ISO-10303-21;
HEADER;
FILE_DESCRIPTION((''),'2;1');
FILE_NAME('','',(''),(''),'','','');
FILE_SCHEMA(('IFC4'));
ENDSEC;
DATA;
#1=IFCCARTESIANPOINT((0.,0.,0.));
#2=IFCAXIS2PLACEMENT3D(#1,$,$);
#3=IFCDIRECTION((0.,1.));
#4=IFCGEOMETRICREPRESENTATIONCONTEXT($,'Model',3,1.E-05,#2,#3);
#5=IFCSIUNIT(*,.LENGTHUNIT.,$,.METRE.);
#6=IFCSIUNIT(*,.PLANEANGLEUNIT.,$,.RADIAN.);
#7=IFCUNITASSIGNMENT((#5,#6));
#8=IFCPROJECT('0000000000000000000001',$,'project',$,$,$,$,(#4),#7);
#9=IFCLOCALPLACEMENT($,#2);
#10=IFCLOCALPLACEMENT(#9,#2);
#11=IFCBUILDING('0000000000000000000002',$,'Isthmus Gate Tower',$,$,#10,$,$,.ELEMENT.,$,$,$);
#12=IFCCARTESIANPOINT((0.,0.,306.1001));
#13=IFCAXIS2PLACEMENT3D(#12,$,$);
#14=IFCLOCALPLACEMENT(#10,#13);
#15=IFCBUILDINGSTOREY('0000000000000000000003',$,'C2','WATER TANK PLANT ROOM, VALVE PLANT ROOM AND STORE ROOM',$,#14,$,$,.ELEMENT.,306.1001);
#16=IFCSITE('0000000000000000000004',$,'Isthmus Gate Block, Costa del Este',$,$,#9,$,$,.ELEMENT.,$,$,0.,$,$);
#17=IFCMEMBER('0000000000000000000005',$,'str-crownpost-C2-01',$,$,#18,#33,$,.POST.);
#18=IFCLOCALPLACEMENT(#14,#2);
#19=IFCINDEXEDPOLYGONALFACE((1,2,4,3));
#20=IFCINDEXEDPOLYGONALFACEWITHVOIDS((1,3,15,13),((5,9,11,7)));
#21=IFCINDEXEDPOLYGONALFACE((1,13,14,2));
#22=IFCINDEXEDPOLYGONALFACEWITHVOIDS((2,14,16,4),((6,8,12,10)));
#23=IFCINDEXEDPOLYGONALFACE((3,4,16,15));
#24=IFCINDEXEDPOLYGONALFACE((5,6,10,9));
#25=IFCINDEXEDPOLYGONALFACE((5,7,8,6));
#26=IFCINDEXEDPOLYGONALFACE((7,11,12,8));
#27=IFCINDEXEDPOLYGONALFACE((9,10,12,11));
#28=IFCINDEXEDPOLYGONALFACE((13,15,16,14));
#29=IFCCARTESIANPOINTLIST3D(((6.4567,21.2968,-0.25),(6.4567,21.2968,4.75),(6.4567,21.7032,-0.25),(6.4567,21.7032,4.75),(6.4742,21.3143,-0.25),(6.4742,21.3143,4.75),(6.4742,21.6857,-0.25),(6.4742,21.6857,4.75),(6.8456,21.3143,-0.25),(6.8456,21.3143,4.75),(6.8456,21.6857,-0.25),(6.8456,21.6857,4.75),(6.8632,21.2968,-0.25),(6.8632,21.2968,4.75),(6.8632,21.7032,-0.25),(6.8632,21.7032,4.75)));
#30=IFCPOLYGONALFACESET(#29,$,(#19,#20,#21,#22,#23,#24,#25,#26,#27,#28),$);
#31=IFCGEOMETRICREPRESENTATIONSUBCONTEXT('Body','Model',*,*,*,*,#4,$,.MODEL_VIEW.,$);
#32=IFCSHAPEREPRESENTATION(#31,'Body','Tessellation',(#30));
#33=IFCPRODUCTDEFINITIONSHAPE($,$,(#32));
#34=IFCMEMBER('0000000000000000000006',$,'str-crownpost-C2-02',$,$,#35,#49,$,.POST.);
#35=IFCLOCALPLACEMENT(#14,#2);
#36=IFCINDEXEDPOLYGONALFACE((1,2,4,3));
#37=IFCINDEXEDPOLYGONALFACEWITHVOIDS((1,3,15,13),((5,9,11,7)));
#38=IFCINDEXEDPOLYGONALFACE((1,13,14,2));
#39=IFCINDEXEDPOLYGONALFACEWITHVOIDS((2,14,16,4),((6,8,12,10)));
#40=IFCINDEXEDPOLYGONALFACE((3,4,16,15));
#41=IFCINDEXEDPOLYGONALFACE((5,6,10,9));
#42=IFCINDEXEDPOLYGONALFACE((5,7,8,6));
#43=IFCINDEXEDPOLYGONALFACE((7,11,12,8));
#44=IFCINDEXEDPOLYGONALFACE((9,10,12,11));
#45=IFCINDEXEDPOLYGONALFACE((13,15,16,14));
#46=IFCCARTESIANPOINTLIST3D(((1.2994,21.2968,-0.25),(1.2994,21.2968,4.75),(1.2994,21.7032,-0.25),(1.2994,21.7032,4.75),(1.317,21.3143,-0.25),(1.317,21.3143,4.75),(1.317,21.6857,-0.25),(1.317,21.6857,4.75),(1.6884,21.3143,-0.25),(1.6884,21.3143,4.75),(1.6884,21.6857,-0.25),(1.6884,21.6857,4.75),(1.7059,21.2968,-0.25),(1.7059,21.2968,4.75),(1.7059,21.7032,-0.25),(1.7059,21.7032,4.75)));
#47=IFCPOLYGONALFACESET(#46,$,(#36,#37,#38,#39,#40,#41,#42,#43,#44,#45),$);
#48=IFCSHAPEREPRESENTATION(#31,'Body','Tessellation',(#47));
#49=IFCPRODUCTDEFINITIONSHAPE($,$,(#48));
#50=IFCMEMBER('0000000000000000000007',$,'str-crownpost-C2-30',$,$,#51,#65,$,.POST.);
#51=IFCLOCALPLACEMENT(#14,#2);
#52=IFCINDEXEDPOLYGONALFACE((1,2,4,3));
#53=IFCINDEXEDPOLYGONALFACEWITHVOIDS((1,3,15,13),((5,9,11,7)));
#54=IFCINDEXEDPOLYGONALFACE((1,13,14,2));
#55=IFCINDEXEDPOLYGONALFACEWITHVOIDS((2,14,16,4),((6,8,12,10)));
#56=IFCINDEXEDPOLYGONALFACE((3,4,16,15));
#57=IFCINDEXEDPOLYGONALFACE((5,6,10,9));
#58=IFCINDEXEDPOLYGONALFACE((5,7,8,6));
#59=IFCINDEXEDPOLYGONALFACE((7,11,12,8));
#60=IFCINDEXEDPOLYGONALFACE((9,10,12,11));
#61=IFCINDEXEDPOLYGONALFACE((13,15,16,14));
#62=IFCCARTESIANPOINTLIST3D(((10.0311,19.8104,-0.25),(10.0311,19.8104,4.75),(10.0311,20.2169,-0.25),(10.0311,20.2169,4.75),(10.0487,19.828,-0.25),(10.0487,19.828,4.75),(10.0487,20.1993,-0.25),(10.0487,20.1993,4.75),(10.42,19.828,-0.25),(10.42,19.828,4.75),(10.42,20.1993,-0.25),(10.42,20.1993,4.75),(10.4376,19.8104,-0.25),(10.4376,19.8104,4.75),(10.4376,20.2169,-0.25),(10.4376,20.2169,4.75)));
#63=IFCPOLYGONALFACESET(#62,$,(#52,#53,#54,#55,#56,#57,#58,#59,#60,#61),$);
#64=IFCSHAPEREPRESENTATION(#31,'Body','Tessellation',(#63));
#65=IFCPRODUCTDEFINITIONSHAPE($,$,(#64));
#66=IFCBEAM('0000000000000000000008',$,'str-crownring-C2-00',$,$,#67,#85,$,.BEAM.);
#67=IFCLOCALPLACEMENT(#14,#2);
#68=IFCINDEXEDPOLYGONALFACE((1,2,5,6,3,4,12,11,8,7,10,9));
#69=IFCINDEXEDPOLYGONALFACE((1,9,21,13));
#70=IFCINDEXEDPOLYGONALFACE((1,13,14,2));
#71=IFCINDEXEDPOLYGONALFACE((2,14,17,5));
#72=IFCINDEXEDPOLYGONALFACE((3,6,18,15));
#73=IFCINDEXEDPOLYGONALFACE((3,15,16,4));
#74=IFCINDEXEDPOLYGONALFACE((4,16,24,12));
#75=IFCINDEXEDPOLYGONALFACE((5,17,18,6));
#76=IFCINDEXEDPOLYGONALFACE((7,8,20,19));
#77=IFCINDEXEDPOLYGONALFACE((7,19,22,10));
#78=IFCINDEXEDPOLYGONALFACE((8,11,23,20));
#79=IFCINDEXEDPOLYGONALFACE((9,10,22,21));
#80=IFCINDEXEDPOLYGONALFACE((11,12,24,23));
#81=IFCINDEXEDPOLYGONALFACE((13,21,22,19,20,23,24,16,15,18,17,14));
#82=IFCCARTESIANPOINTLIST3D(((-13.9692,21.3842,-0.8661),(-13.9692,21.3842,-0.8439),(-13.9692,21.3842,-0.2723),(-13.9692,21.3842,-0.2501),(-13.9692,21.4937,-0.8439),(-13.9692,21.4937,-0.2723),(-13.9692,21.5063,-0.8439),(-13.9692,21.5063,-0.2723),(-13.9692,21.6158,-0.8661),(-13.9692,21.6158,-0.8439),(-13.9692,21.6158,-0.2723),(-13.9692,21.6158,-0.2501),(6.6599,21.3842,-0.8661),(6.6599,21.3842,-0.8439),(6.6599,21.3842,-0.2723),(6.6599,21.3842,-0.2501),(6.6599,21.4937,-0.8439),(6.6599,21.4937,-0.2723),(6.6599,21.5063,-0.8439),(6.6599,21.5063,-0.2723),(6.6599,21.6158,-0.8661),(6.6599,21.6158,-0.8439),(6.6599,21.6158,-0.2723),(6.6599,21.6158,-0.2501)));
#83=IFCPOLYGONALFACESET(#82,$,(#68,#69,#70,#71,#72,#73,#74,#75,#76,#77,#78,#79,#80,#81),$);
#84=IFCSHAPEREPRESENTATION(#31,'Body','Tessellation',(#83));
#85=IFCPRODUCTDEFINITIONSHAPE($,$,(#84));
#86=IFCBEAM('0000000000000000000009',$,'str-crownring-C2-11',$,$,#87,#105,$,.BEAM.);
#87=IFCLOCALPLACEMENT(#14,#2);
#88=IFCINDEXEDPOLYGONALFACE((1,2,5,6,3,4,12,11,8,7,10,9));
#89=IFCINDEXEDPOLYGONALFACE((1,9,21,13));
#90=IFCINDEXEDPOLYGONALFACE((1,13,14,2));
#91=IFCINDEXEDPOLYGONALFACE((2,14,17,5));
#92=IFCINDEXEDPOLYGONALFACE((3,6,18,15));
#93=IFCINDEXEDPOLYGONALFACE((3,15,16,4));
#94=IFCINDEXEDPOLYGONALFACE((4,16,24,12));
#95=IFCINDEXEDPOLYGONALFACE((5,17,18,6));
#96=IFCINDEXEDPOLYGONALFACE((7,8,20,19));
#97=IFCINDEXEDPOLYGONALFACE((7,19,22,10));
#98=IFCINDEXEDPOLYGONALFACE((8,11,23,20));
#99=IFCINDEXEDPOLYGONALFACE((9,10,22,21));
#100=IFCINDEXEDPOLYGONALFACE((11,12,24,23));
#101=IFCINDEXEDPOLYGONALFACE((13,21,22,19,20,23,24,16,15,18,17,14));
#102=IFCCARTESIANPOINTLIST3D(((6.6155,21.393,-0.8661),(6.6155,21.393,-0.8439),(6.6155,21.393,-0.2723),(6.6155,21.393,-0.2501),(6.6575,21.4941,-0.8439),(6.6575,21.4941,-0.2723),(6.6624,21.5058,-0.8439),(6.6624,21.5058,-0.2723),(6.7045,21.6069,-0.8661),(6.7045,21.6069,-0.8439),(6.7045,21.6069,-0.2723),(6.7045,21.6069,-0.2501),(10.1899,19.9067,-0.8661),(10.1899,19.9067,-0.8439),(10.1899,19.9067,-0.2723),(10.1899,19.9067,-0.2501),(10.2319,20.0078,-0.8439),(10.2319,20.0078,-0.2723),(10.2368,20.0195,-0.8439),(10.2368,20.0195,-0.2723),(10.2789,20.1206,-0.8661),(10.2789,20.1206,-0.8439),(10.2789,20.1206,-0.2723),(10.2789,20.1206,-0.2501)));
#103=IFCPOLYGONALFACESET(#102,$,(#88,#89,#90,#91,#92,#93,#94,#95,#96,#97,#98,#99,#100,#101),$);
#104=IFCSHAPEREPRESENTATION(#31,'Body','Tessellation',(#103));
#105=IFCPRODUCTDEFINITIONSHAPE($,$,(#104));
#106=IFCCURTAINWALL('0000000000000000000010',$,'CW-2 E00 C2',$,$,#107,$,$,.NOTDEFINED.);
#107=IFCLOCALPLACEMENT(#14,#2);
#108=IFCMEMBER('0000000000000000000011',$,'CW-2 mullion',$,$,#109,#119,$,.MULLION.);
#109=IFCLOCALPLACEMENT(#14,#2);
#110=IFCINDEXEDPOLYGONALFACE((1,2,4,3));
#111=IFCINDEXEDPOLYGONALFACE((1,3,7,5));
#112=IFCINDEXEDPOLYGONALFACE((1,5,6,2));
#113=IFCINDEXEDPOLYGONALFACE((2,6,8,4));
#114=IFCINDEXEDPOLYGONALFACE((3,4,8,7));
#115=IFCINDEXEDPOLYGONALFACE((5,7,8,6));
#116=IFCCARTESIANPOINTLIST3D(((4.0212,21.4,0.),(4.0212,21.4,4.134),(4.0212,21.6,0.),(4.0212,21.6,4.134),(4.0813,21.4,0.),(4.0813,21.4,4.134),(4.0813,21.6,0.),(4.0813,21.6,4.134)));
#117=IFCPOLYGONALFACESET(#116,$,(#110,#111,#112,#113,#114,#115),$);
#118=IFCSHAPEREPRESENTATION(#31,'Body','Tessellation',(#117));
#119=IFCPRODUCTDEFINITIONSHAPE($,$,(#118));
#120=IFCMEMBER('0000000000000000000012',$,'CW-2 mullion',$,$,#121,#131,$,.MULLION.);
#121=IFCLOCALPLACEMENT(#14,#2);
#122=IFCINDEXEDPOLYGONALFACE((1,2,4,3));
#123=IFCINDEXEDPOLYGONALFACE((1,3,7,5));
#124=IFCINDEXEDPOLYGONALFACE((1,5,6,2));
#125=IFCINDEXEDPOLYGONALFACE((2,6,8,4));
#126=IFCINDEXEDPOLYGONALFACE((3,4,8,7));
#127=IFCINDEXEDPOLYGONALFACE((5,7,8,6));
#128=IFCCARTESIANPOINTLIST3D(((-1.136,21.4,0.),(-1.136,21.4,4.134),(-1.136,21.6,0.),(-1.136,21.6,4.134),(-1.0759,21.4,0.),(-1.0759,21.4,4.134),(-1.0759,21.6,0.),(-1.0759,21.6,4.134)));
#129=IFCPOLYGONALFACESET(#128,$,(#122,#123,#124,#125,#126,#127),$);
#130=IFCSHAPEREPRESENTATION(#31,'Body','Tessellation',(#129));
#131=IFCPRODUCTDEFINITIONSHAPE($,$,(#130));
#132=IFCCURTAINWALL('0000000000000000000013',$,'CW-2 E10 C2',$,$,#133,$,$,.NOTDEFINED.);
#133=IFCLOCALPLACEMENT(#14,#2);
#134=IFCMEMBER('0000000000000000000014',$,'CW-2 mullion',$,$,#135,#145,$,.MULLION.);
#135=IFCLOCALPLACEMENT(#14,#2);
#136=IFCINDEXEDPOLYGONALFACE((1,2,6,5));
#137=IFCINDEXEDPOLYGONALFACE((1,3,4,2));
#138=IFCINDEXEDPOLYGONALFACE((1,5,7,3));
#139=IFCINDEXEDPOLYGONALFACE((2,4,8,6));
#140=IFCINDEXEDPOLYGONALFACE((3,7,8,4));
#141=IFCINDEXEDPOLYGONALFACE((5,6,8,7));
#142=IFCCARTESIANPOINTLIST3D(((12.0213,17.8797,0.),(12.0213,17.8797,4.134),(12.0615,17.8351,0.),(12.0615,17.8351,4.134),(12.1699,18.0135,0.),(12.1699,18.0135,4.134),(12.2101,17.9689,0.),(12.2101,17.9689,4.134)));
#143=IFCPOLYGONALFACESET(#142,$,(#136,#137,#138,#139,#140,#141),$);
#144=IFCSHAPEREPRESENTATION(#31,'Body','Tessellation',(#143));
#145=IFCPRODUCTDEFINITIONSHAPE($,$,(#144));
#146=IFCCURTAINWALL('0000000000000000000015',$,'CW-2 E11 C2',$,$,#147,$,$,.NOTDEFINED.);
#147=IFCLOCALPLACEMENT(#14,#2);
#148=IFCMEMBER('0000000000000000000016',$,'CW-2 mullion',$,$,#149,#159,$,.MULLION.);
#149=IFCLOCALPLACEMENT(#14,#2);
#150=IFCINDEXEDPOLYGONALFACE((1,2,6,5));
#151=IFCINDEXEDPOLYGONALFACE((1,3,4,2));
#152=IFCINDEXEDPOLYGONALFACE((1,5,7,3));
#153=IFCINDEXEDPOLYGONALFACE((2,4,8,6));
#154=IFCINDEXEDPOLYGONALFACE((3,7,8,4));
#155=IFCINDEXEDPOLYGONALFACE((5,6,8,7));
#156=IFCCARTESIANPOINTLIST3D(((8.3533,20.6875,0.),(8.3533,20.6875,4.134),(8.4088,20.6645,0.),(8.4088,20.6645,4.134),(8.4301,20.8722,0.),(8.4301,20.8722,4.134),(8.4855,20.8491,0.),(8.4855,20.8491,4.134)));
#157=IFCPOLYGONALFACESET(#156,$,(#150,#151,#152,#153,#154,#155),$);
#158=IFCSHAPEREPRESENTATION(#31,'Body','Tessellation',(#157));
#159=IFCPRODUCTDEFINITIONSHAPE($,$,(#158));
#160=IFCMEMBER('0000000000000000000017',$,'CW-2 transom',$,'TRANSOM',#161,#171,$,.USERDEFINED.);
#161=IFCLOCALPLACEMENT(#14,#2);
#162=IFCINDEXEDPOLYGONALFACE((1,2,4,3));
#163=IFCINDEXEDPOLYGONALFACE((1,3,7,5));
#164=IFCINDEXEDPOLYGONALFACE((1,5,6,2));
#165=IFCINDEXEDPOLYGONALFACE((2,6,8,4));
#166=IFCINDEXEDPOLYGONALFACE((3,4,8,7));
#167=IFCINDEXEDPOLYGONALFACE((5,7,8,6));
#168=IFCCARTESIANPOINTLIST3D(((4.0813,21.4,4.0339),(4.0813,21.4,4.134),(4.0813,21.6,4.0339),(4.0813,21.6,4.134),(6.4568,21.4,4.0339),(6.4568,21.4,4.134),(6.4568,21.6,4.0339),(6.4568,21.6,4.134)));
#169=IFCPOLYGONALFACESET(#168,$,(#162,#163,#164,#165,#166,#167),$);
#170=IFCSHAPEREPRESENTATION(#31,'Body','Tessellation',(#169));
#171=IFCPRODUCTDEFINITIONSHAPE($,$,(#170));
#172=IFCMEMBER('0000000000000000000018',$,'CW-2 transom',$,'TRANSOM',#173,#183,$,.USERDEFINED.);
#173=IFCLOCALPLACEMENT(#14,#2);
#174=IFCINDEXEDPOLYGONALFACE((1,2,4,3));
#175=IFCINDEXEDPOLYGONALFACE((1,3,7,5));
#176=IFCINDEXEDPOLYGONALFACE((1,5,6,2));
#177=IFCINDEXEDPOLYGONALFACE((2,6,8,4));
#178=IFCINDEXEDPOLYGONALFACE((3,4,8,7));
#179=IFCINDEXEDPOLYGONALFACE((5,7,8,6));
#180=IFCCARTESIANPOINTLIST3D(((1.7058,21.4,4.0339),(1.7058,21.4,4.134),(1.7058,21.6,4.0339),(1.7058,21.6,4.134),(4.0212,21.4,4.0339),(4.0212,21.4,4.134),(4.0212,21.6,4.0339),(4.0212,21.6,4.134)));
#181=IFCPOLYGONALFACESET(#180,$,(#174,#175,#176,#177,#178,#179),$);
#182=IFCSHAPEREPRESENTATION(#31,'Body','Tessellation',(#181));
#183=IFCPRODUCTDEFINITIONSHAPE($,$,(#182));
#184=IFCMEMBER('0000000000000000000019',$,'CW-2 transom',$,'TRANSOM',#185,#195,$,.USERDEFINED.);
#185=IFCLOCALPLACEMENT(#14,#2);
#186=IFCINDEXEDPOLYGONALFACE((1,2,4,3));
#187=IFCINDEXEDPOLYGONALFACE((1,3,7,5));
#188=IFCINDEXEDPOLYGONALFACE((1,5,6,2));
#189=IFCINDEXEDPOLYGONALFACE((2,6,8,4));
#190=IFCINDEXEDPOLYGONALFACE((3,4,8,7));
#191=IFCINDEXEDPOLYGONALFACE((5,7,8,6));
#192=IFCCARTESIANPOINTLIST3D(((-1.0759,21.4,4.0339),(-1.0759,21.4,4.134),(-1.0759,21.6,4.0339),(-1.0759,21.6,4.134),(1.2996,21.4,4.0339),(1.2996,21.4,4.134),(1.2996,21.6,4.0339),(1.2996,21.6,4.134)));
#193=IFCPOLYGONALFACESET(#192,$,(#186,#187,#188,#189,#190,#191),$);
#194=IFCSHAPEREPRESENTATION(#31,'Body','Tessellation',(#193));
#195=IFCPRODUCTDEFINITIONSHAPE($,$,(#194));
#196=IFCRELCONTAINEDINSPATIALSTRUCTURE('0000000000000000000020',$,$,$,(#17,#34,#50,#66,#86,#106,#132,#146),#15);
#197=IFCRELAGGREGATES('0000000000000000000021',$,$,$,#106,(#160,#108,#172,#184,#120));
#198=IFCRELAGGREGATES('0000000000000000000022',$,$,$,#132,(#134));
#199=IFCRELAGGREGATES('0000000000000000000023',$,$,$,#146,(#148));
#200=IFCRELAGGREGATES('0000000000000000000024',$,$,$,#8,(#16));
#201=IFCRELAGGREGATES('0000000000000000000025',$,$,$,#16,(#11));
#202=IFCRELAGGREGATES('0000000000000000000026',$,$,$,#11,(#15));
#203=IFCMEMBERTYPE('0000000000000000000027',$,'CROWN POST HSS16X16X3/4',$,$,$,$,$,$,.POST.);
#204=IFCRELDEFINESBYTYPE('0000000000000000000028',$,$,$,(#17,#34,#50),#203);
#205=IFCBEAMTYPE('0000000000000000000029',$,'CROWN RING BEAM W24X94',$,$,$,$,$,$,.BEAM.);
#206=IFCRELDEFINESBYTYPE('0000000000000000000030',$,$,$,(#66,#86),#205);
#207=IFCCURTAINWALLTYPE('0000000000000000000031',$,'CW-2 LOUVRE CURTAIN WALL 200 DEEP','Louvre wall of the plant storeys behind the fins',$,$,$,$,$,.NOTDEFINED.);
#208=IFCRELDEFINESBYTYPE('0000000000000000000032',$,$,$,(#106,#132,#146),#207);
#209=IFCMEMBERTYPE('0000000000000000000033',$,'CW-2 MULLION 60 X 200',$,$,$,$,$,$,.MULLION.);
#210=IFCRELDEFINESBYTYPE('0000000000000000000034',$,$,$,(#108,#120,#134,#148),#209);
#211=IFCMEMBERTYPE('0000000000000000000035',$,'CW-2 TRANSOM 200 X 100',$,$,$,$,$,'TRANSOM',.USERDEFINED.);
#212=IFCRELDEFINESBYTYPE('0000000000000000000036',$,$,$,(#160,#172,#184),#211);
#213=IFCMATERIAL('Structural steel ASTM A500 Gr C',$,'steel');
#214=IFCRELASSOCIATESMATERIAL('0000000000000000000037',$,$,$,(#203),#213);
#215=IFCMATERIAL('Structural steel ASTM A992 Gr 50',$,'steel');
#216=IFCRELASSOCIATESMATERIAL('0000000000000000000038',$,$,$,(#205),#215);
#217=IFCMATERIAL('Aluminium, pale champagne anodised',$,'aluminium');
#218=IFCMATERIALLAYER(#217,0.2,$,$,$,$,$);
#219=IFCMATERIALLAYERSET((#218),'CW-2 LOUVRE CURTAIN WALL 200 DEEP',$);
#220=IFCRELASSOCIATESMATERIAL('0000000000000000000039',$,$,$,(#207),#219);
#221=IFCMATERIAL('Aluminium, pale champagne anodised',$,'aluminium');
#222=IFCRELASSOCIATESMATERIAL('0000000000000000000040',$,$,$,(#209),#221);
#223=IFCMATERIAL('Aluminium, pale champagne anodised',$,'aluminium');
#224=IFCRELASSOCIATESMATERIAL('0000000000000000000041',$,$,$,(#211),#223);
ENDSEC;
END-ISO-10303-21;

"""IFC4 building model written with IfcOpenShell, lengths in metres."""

from ifc_helpers import new_model, si_unit, direction, frame, origin, origin_2d, place, context, subcontext, project, spatial, rectangle, hollow_rectangle, i_section, extrude, material, layer, layer_set, material_profile, profile_set, type_object, element, aggregate, save


model = new_model("IFC4")

# Units and contexts
model_context = context("Model", 3, precision=1e-05, world=origin(), true_north=direction((0.0, 1.0)))
body_context = subcontext(model_context, "Body", "Model", "MODEL_VIEW")
ifc_project = project(units=[si_unit("LENGTHUNIT", "METRE"), si_unit("PLANEANGLEUNIT", "RADIAN")], contexts=[model_context])

# Site, building, storey
site_placement = place(None, origin())
site = spatial("IfcSite", under=ifc_project, at=site_placement, Name="Isthmus Gate Block, Costa del Este", CompositionType="ELEMENT", RefElevation=0.0)
building_placement = place(site_placement, origin())
building = spatial("IfcBuilding", under=site, at=building_placement, Name="Isthmus Gate Tower", CompositionType="ELEMENT")
storey_placement = place(building_placement, frame((0.0, 0.0, 306.1001)))
storey = spatial("IfcBuildingStorey", under=building, at=storey_placement, Name="C2", Description="WATER TANK PLANT ROOM, VALVE PLANT ROOM AND STORE ROOM", CompositionType="ELEMENT", Elevation=306.1001)

# Members
ifc_material_1 = material(Name="Structural steel ASTM A500 Gr C", Category="steel")
ifc_material_profile_1 = material_profile(ifc_material_1, hollow_rectangle(XDim=0.4065, YDim=0.4065, WallThickness=0.0176, at=origin_2d()), Name="HSS16X16X3/4")
ifc_profile_set_1 = profile_set([ifc_material_profile_1], Name="Structural steel ASTM A500 Gr C")
member_type_1 = type_object("IfcMemberType", Name="CROWN POST HSS16X16X3/4", PredefinedType="POST", material=ifc_profile_set_1)
for number, where, z_axis, x_axis, name in (
    (1, (6.6599, 21.5, -0.25), (0.0, 0.0, 1.0), (1.0, 0.0, 0.0), "str-crownpost-C2-01"),
    (2, (1.5027, 21.5, -0.25), (0.0, 0.0, 1.0), (1.0, 0.0, 0.0), "str-crownpost-C2-02"),
    (3, (10.2344, 20.0137, -0.25), (0.0, 0.0, 1.0), (1.0, 0.0, 0.0), "str-crownpost-C2-30"),
):
    element("IfcMember", number, at=place(storey_placement, frame(where, z_axis=z_axis, x_axis=x_axis)), inside=storey, type_object=member_type_1, Name=name, PredefinedType="POST", context=body_context, shape_type="SweptSolid", body=[
        extrude(hollow_rectangle(XDim=0.4065, YDim=0.4065, WallThickness=0.0176, at=origin_2d()), origin(), (0.0, 0.0, 1.0), 5.0),
    ])

# Beams
ifc_material_2 = material(Name="Structural steel ASTM A992 Gr 50", Category="steel")
ifc_material_profile_2 = material_profile(ifc_material_2, i_section(OverallWidth=0.2317, OverallDepth=0.616, WebThickness=0.0127, FlangeThickness=0.0222, at=origin_2d()), Name="W24X94")
ifc_profile_set_2 = profile_set([ifc_material_profile_2], Name="Structural steel ASTM A992 Gr 50")
beam_type_1 = type_object("IfcBeamType", Name="CROWN RING BEAM W24X94", PredefinedType="BEAM", material=ifc_profile_set_2)
beam_1_placement = place(storey_placement, frame((6.6599, 21.5, -0.5581), z_axis=(-1.0, 0.0, 0.0), x_axis=(0.0, -1.0, 0.0)))
element("IfcBeam", 4, at=beam_1_placement, inside=storey, type_object=beam_type_1, Name="str-crownring-C2-00", PredefinedType="BEAM", context=body_context, shape_type="SweptSolid", body=[
    extrude(i_section(OverallWidth=0.2317, OverallDepth=0.616, WebThickness=0.0127, FlangeThickness=0.0222, at=origin_2d()), origin(), (0.0, 0.0, 1.0), 20.6292),
])
beam_2_placement = place(storey_placement, frame((10.2344, 20.0137, -0.5581), z_axis=(-0.923355, 0.383948, 0.0), x_axis=(-0.383948, -0.923355, 0.0)))
element("IfcBeam", 5, at=beam_2_placement, inside=storey, type_object=beam_type_1, Name="str-crownring-C2-11", PredefinedType="BEAM", context=body_context, shape_type="SweptSolid", body=[
    extrude(i_section(OverallWidth=0.2317, OverallDepth=0.616, WebThickness=0.0127, FlangeThickness=0.0222, at=origin_2d()), origin(), (0.0, 0.0, 1.0), 3.8711),
])

# Curtain wall, members
ifc_material_3 = material(Name="Aluminium, pale champagne anodised", Category="aluminium")
ifc_layer_1 = layer(ifc_material_3, 0.2)
ifc_layer_set_1 = layer_set([ifc_layer_1], Name="CW-2 LOUVRE CURTAIN WALL 200 DEEP")
curtain_wall_type = type_object("IfcCurtainWallType", Name="CW-2 LOUVRE CURTAIN WALL 200 DEEP", Description="Louvre wall of the plant storeys behind the fins", PredefinedType="NOTDEFINED", material=ifc_layer_set_1)
curtain_wall_1_placement = place(storey_placement, origin())
curtain_wall_1 = element("IfcCurtainWall", 6, at=curtain_wall_1_placement, inside=storey, type_object=curtain_wall_type, Name="CW-2 E00 C2", PredefinedType="NOTDEFINED")
ifc_material_4 = material(Name="Aluminium, pale champagne anodised", Category="aluminium")
ifc_material_profile_3 = material_profile(ifc_material_4, rectangle(XDim=0.0601, YDim=0.2, at=origin_2d()), Name="60x200")
ifc_profile_set_3 = profile_set([ifc_material_profile_3], Name="Aluminium, pale champagne anodised")
member_type_2 = type_object("IfcMemberType", Name="CW-2 MULLION 60 X 200", PredefinedType="MULLION", material=ifc_profile_set_3)
member_1_placement = place(storey_placement, frame((4.0513, 21.5, 0.0), z_axis=(0.0, 0.0, 1.0), x_axis=(-1.0, 0.0, 0.0)))
member_1 = element("IfcMember", 7, at=member_1_placement, type_object=member_type_2, Name="CW-2 mullion", PredefinedType="MULLION", context=body_context, shape_type="SweptSolid", body=[
    extrude(rectangle(XDim=0.0601, YDim=0.2, at=origin_2d()), origin(), (0.0, 0.0, 1.0), 4.134),
])
member_2_placement = place(storey_placement, frame((-1.106, 21.5, 0.0), z_axis=(0.0, 0.0, 1.0), x_axis=(-1.0, 0.0, 0.0)))
member_2 = element("IfcMember", 8, at=member_2_placement, type_object=member_type_2, Name="CW-2 mullion", PredefinedType="MULLION", context=body_context, shape_type="SweptSolid", body=[
    extrude(rectangle(XDim=0.0601, YDim=0.2, at=origin_2d()), origin(), (0.0, 0.0, 1.0), 4.134),
])

# Curtain walls, members
curtain_wall_2_placement = place(storey_placement, origin())
curtain_wall_2 = element("IfcCurtainWall", 9, at=curtain_wall_2_placement, inside=storey, type_object=curtain_wall_type, Name="CW-2 E10 C2", PredefinedType="NOTDEFINED")
member_3_placement = place(storey_placement, frame((12.1157, 17.9243, 0.0), z_axis=(0.0, 0.0, 1.0), x_axis=(-0.669131, 0.743145, 0.0)))
member_3 = element("IfcMember", 10, at=member_3_placement, type_object=member_type_2, Name="CW-2 mullion", PredefinedType="MULLION", context=body_context, shape_type="SweptSolid", body=[
    extrude(rectangle(XDim=0.0601, YDim=0.2, at=origin_2d()), origin(), (0.0, 0.0, 1.0), 4.134),
])
curtain_wall_3_placement = place(storey_placement, origin())
curtain_wall_3 = element("IfcCurtainWall", 11, at=curtain_wall_3_placement, inside=storey, type_object=curtain_wall_type, Name="CW-2 E11 C2", PredefinedType="NOTDEFINED")
member_4_placement = place(storey_placement, frame((8.4194, 20.7683, 0.0), z_axis=(0.0, 0.0, 1.0), x_axis=(-0.923353, 0.383952, 0.0)))
member_4 = element("IfcMember", 12, at=member_4_placement, type_object=member_type_2, Name="CW-2 mullion", PredefinedType="MULLION", context=body_context, shape_type="SweptSolid", body=[
    extrude(rectangle(XDim=0.0601, YDim=0.2, at=origin_2d()), origin(), (0.0, 0.0, 1.0), 4.134),
])

# Members
ifc_material_5 = material(Name="Aluminium, pale champagne anodised", Category="aluminium")
ifc_material_profile_4 = material_profile(ifc_material_5, rectangle(XDim=0.2, YDim=0.1001, at=origin_2d()), Name="200x100")
ifc_profile_set_4 = profile_set([ifc_material_profile_4], Name="Aluminium, pale champagne anodised")
member_type_3 = type_object("IfcMemberType", Name="CW-2 TRANSOM 200 X 100", ElementType="TRANSOM", PredefinedType="USERDEFINED", material=ifc_profile_set_4)
member_5_placement = place(storey_placement, frame((6.4568, 21.5, 4.084), z_axis=(-1.0, 0.0, 0.0), x_axis=(0.0, -1.0, 0.0)))
member_5 = element("IfcMember", 13, at=member_5_placement, type_object=member_type_3, Name="CW-2 transom", ObjectType="TRANSOM", PredefinedType="USERDEFINED", context=body_context, shape_type="SweptSolid", body=[
    extrude(rectangle(XDim=0.2, YDim=0.1001, at=origin_2d()), origin(), (0.0, 0.0, 1.0), 2.3755),
])
member_6_placement = place(storey_placement, frame((4.0212, 21.5, 4.084), z_axis=(-1.0, 0.0, 0.0), x_axis=(0.0, -1.0, 0.0)))
member_6 = element("IfcMember", 14, at=member_6_placement, type_object=member_type_3, Name="CW-2 transom", ObjectType="TRANSOM", PredefinedType="USERDEFINED", context=body_context, shape_type="SweptSolid", body=[
    extrude(rectangle(XDim=0.2, YDim=0.1001, at=origin_2d()), origin(), (0.0, 0.0, 1.0), 2.3154),
])
member_7_placement = place(storey_placement, frame((1.2996, 21.5, 4.084), z_axis=(-1.0, 0.0, 0.0), x_axis=(0.0, -1.0, 0.0)))
member_7 = element("IfcMember", 15, at=member_7_placement, type_object=member_type_3, Name="CW-2 transom", ObjectType="TRANSOM", PredefinedType="USERDEFINED", context=body_context, shape_type="SweptSolid", body=[
    extrude(rectangle(XDim=0.2, YDim=0.1001, at=origin_2d()), origin(), (0.0, 0.0, 1.0), 2.3755),
])

aggregate(curtain_wall_1, [member_5, member_1, member_6, member_7, member_2])
aggregate(curtain_wall_2, [member_3])
aggregate(curtain_wall_3, [member_4])

save(model, "model.ifc")
